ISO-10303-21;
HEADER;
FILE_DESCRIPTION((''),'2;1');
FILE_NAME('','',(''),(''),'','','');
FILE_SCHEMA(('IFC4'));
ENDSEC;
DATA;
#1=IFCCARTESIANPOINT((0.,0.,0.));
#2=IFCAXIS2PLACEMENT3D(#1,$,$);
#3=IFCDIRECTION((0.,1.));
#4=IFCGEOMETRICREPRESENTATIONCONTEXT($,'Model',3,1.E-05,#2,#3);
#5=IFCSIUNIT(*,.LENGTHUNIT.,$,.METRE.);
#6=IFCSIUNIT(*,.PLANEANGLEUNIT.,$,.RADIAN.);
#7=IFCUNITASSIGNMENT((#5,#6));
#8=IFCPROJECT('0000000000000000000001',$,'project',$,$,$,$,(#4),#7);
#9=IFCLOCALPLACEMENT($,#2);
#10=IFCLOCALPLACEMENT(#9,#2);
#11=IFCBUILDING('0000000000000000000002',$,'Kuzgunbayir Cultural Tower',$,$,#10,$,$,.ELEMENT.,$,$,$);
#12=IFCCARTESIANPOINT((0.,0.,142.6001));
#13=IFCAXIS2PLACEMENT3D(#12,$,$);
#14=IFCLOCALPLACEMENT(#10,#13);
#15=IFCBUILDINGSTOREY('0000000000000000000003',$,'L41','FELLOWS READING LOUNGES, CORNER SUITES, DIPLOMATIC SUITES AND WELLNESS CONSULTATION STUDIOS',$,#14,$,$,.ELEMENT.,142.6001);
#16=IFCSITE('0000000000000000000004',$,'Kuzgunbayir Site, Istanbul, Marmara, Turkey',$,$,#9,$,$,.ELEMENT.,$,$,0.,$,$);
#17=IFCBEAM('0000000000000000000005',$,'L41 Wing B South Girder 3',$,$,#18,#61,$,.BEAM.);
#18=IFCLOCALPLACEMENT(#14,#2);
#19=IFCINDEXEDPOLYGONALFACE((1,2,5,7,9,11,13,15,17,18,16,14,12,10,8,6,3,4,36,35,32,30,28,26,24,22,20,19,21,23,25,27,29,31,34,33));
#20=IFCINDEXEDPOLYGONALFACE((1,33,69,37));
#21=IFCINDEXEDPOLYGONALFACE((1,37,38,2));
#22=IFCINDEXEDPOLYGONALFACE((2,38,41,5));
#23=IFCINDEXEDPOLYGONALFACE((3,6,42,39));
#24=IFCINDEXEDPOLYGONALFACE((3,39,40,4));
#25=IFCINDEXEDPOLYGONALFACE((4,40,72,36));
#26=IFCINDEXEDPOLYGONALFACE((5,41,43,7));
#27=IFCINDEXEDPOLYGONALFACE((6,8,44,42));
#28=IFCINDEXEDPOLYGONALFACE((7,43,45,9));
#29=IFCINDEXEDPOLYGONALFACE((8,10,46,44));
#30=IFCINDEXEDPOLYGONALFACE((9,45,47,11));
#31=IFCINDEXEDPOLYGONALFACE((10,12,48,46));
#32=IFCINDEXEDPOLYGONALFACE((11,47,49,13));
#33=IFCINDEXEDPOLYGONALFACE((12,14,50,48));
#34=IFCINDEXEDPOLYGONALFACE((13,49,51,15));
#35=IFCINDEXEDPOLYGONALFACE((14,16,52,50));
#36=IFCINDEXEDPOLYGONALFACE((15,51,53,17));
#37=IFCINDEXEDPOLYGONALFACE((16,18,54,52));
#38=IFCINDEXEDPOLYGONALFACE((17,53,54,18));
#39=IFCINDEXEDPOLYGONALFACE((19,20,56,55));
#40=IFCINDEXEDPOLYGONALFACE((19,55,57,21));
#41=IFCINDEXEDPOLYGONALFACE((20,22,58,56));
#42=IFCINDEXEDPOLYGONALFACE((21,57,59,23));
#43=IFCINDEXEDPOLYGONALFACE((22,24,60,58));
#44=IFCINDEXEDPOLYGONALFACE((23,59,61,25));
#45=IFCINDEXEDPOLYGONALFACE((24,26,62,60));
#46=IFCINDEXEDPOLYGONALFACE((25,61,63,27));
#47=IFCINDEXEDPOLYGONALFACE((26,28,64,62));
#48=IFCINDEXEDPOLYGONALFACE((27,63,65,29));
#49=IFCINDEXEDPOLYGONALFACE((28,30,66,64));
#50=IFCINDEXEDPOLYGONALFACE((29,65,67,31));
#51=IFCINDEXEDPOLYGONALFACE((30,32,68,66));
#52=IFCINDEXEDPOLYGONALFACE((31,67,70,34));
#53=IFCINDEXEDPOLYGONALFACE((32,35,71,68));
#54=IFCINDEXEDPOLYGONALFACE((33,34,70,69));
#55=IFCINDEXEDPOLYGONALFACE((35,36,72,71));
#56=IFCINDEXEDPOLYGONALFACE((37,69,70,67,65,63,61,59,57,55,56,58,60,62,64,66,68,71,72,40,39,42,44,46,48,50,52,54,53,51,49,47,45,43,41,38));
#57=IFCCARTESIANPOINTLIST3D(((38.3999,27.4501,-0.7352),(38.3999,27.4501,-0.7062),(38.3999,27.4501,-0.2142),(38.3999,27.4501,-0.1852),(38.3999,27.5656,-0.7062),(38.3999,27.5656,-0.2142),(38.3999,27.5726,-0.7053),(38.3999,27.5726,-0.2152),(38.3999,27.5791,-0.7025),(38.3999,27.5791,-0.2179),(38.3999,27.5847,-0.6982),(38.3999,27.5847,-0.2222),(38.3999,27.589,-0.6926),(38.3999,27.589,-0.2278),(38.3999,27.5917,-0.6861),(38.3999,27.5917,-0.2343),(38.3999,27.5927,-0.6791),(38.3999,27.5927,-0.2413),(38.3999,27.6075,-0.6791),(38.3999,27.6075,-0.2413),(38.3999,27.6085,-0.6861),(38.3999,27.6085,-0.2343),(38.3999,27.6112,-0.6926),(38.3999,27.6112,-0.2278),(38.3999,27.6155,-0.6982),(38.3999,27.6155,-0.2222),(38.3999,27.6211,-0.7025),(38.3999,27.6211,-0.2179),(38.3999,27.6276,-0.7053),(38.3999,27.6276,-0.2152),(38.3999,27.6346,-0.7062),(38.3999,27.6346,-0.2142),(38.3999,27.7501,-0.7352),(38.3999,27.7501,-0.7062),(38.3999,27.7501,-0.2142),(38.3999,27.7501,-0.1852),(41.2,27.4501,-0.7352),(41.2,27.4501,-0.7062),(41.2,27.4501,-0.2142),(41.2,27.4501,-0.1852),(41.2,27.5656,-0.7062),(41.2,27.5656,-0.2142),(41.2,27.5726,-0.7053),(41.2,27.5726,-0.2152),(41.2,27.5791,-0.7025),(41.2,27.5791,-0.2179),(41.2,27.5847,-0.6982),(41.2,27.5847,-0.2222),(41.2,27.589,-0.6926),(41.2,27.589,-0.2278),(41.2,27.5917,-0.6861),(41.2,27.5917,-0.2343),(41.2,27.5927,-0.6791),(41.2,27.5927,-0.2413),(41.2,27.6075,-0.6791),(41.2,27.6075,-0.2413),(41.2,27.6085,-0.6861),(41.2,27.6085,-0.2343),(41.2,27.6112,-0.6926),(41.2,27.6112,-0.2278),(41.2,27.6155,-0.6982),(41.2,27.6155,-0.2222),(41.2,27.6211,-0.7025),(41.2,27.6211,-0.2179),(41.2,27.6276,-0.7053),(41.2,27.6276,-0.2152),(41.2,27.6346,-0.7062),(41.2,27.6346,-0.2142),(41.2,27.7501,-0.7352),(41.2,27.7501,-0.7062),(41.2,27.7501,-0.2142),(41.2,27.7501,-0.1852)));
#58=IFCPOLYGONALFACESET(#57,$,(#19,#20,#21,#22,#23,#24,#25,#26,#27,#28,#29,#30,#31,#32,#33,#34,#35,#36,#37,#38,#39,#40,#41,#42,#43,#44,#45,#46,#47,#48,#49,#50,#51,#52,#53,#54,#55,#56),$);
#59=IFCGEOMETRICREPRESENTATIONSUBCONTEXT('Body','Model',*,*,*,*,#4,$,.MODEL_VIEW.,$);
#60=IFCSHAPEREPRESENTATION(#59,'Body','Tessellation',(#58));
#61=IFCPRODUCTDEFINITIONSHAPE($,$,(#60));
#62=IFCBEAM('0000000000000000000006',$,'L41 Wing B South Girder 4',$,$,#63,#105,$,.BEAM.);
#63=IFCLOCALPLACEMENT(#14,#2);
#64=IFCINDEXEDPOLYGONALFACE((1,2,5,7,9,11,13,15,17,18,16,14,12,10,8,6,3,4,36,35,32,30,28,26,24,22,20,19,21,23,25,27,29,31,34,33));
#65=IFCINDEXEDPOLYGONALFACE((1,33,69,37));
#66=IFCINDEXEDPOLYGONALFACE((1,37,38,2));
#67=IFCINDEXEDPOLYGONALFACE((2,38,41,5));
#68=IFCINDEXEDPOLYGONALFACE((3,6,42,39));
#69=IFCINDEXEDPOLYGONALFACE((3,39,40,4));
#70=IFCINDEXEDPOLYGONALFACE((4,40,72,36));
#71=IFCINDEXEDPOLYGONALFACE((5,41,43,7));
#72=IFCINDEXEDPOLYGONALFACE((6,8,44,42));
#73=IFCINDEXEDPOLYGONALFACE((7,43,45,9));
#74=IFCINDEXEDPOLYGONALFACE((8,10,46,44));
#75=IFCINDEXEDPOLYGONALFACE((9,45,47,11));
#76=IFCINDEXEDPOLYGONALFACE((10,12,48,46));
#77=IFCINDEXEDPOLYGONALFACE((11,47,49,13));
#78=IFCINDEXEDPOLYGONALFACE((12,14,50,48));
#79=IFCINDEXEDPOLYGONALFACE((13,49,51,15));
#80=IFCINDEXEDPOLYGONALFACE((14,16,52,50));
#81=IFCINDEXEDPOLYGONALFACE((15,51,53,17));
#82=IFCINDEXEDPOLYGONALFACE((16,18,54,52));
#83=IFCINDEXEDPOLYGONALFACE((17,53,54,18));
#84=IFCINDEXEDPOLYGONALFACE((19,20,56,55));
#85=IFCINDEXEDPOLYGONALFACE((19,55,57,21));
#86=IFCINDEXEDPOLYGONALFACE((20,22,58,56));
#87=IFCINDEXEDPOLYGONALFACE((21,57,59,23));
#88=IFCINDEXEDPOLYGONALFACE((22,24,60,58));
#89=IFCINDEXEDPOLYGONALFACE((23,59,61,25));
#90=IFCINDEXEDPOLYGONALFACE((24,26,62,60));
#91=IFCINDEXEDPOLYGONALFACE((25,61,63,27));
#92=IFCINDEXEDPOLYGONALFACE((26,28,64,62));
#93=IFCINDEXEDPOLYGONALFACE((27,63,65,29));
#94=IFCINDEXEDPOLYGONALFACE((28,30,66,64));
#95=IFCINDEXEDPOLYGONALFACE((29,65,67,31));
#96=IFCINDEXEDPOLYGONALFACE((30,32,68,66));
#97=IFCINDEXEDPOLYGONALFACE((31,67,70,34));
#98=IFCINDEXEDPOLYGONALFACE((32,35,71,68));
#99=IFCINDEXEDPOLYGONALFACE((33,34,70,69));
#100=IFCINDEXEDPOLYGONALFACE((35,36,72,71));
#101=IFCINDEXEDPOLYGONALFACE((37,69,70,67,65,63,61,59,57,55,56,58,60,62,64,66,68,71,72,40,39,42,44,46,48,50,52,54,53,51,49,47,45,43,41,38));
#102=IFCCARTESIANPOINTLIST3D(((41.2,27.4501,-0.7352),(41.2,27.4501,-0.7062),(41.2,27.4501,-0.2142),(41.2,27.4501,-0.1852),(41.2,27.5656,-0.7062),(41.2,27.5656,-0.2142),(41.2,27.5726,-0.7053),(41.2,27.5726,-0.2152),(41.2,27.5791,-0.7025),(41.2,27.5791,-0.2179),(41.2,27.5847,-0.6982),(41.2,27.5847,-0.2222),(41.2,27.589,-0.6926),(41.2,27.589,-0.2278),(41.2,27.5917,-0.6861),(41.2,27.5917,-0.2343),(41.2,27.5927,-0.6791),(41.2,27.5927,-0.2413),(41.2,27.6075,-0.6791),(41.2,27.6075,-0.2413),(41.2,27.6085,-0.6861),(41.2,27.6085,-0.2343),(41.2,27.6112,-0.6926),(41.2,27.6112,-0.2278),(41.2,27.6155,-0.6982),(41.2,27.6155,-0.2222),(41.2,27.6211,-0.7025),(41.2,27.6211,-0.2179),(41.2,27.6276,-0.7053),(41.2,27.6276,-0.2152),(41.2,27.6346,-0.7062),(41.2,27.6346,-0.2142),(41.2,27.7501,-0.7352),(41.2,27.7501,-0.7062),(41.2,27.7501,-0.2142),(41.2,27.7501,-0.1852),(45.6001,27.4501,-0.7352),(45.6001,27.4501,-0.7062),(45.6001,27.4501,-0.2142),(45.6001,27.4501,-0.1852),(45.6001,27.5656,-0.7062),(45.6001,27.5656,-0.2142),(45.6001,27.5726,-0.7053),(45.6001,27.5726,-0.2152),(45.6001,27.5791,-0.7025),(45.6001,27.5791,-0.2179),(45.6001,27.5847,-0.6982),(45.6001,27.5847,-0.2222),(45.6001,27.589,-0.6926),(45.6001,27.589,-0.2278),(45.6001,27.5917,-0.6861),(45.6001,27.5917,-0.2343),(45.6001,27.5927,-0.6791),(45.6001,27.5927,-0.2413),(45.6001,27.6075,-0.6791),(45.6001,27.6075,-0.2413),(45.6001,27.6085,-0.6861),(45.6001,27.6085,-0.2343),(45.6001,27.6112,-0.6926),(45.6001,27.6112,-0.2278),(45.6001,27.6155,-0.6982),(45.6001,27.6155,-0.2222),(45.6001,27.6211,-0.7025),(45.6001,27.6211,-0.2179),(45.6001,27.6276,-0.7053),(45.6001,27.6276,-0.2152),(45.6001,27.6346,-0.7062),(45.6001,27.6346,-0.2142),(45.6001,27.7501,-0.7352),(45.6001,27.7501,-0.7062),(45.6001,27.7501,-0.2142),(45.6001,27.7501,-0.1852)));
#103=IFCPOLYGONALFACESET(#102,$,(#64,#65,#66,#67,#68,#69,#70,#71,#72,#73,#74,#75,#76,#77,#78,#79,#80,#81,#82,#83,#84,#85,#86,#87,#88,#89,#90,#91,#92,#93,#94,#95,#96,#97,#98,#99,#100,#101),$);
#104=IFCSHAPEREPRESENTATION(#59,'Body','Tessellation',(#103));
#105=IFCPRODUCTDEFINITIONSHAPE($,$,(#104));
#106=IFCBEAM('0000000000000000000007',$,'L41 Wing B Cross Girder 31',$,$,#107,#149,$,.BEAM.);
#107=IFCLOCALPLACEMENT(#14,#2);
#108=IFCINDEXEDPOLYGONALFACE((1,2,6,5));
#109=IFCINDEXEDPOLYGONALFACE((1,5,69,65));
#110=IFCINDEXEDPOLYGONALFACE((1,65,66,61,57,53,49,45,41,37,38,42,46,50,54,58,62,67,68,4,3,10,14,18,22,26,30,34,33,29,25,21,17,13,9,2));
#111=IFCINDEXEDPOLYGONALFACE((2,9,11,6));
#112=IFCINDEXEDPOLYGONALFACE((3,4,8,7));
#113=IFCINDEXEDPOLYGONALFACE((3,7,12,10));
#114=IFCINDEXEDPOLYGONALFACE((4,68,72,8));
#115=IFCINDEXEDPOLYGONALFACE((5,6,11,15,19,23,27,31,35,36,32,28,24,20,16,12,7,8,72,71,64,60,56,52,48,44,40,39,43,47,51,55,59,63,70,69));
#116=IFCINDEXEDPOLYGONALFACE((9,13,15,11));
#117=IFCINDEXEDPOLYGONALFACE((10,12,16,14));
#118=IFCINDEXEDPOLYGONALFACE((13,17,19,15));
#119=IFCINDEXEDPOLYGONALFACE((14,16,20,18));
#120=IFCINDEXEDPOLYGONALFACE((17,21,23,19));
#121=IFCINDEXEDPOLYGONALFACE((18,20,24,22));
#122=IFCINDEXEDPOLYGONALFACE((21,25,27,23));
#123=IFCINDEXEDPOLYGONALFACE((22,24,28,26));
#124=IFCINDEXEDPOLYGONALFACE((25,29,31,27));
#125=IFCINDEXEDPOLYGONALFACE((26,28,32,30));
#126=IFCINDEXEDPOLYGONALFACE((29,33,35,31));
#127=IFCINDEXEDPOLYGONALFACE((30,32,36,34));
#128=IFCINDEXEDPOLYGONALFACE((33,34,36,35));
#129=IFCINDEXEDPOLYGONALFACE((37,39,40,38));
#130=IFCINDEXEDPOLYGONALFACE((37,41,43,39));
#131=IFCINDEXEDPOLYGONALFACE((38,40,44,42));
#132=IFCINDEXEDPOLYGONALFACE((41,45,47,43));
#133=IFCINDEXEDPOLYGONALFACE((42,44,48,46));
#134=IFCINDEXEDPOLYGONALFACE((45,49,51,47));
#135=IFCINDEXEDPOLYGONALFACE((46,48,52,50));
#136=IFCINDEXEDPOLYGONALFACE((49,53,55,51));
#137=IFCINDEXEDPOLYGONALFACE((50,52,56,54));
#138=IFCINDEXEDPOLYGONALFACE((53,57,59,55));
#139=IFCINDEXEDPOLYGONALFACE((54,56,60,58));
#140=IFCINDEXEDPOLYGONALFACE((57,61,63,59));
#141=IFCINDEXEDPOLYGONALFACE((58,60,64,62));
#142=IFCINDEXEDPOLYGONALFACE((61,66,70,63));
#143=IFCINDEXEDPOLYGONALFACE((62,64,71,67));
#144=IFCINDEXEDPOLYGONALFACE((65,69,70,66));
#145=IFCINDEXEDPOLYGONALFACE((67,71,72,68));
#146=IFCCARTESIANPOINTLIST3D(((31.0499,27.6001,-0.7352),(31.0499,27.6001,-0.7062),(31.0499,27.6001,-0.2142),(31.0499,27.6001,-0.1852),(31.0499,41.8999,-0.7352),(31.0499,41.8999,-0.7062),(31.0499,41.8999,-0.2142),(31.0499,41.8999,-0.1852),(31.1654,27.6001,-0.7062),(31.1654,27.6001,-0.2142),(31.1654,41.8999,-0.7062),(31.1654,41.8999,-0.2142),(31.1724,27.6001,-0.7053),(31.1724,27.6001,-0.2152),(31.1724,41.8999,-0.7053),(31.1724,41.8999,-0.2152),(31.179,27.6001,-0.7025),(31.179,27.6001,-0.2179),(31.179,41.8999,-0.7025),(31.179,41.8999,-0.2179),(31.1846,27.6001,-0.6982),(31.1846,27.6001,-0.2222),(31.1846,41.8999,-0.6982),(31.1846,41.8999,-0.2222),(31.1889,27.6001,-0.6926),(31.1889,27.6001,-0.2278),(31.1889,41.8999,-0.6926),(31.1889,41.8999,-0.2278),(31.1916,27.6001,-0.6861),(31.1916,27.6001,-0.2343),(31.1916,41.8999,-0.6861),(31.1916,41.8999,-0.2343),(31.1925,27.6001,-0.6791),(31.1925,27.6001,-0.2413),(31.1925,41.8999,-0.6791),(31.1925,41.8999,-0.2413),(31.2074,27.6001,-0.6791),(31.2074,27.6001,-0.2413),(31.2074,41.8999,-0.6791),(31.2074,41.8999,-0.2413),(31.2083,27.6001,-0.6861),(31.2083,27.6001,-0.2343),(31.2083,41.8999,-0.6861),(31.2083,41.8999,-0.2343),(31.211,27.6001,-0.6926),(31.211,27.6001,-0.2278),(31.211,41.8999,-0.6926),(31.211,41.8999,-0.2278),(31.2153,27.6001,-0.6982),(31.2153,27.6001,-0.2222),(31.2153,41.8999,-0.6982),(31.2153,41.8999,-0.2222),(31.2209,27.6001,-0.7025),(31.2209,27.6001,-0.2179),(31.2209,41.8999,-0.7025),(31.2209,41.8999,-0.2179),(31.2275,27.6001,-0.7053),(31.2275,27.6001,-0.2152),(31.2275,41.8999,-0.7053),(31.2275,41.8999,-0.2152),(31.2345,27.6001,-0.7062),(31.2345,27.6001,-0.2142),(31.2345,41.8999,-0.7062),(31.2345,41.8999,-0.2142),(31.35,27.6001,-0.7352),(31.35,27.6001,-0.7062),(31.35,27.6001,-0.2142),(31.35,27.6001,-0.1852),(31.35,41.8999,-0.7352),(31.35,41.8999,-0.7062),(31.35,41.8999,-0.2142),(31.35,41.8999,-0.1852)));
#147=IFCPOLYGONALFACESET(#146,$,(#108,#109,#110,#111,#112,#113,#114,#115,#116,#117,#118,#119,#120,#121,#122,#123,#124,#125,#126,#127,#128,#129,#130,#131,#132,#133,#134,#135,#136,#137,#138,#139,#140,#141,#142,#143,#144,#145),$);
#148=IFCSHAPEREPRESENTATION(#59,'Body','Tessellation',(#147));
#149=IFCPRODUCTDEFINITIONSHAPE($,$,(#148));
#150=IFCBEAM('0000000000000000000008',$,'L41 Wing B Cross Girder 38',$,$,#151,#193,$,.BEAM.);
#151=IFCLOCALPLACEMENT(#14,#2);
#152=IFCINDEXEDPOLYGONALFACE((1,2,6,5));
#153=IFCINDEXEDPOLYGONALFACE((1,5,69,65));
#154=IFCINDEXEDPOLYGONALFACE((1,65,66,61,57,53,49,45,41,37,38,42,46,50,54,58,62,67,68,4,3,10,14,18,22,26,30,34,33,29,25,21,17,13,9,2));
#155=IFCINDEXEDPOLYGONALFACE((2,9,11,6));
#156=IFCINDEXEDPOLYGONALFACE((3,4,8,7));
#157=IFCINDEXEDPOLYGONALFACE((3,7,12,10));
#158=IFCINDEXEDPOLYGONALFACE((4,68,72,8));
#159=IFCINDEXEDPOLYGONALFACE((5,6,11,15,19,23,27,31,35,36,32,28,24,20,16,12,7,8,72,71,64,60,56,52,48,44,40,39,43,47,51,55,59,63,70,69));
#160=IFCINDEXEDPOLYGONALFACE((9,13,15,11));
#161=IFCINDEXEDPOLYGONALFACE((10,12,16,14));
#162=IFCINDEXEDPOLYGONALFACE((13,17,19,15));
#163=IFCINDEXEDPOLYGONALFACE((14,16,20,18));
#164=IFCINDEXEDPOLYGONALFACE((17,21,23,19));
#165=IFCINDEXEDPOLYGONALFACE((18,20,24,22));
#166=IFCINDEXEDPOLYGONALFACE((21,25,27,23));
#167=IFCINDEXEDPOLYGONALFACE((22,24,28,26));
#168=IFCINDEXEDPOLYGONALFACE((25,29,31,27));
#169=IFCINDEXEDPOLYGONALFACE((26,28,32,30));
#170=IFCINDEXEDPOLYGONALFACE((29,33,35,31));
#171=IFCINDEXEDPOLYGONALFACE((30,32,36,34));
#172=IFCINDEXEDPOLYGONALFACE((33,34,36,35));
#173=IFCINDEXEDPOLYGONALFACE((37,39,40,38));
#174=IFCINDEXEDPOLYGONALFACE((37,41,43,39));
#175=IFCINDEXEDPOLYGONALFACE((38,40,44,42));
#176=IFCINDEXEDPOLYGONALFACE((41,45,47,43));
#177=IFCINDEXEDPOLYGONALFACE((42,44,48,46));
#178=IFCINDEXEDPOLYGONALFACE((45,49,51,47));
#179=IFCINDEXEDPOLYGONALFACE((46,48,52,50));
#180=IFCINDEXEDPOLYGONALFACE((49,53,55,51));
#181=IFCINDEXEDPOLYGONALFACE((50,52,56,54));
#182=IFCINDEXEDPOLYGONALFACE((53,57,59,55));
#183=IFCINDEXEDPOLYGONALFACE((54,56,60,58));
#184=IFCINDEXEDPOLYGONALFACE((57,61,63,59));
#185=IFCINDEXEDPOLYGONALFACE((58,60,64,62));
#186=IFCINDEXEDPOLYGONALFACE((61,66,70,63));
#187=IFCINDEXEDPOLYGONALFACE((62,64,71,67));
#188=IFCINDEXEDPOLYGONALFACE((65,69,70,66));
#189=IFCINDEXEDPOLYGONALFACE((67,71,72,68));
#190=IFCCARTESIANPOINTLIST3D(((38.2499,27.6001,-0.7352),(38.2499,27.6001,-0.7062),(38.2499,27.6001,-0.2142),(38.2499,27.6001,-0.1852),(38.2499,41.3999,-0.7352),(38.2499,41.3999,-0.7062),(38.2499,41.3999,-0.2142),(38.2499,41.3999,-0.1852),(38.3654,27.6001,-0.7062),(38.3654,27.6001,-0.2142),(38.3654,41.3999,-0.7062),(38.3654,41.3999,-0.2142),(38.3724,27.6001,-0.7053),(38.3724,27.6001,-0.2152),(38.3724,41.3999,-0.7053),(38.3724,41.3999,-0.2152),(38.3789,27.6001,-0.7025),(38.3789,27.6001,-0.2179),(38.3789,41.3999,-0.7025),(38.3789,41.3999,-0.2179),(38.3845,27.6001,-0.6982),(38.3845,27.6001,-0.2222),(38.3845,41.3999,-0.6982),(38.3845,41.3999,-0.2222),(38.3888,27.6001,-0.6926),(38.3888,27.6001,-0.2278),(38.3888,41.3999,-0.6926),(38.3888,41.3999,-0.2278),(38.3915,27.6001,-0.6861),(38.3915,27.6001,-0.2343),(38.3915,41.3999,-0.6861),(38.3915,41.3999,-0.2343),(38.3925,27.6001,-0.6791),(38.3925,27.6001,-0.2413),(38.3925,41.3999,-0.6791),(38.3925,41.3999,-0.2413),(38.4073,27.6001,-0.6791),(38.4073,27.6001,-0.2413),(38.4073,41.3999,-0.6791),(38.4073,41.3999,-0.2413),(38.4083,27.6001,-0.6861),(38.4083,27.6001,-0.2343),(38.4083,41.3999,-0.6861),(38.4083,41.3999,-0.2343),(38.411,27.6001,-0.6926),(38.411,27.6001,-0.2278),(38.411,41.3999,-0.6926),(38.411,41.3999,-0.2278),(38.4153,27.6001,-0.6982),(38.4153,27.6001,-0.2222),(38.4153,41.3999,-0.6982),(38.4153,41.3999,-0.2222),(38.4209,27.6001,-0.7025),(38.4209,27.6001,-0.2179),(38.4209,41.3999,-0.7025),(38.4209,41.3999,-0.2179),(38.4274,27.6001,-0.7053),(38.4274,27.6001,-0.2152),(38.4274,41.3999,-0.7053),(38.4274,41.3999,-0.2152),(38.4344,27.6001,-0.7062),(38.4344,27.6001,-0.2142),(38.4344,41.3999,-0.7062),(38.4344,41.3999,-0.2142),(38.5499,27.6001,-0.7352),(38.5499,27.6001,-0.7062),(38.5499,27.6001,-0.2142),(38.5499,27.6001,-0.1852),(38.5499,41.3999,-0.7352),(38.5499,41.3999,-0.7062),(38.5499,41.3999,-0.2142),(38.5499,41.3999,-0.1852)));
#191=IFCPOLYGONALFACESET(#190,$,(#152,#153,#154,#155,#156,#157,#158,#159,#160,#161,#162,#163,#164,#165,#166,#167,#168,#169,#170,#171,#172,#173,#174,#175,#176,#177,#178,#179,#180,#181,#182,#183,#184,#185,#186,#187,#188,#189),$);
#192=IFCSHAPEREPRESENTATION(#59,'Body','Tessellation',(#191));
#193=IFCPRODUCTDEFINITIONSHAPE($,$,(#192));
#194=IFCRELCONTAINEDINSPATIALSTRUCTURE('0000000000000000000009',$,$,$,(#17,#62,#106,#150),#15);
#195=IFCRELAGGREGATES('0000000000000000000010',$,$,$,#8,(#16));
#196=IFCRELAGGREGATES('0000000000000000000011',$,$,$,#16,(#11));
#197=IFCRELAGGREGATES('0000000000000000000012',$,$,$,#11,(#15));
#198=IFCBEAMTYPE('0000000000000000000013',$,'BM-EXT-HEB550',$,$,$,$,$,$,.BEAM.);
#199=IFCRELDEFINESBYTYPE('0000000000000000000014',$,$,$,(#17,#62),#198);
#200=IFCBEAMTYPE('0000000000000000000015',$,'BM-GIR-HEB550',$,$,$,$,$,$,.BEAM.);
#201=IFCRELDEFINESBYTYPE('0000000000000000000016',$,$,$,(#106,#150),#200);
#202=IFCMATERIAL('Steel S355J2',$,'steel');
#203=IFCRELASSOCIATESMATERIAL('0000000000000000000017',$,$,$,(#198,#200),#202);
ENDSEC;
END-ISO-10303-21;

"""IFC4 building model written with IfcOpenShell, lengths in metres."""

from ifc_helpers import new_model, si_unit, direction, frame, origin, origin_2d, place, context, subcontext, project, spatial, i_section, extrude, material, material_profile, profile_set, type_object, element, save


model = new_model("IFC4")

# Units and contexts
model_context = context("Model", 3, precision=1e-05, world=origin(), true_north=direction((0.0, 1.0)))
body_context = subcontext(model_context, "Body", "Model", "MODEL_VIEW")
ifc_project = project(units=[si_unit("LENGTHUNIT", "METRE"), si_unit("PLANEANGLEUNIT", "RADIAN")], contexts=[model_context])

# Site, building, storey
site_placement = place(None, origin())
site = spatial("IfcSite", under=ifc_project, at=site_placement, Name="Kuzgunbayir Site, Istanbul, Marmara, Turkey", CompositionType="ELEMENT", RefElevation=0.0)
building_placement = place(site_placement, origin())
building = spatial("IfcBuilding", under=site, at=building_placement, Name="Kuzgunbayir Cultural Tower", CompositionType="ELEMENT")
storey_placement = place(building_placement, frame((0.0, 0.0, 142.6001)))
storey = spatial("IfcBuildingStorey", under=building, at=storey_placement, Name="L41", Description="FELLOWS READING LOUNGES, CORNER SUITES, DIPLOMATIC SUITES AND WELLNESS CONSULTATION STUDIOS", CompositionType="ELEMENT", Elevation=142.6001)

# Beams
ifc_material_1 = material(Name="Steel S355J2", Category="steel")
ifc_material_profile_1 = material_profile(ifc_material_1, i_section(OverallWidth=0.3, OverallDepth=0.55, WebThickness=0.0149, FlangeThickness=0.0291, FilletRadius=0.0271, at=origin_2d()), Name="HEB 550")
ifc_profile_set_1 = profile_set([ifc_material_profile_1], Name="Steel S355J2")
beam_type_1 = type_object("IfcBeamType", Name="BM-EXT-HEB550", PredefinedType="BEAM", material=ifc_profile_set_1)
beam_1_placement = place(storey_placement, frame((38.3999, 27.6001, -0.4602), z_axis=(1.0, 0.0, 0.0), x_axis=(0.0, 1.0, 0.0)))
element("IfcBeam", 1, at=beam_1_placement, inside=storey, type_object=beam_type_1, Name="L41 Wing B South Girder 3", PredefinedType="BEAM", context=body_context, shape_type="SweptSolid", body=[
    extrude(i_section(OverallWidth=0.3, OverallDepth=0.55, WebThickness=0.0149, FlangeThickness=0.0291, FilletRadius=0.0271, at=origin_2d()), origin(), (0.0, 0.0, 1.0), 2.8),
])
beam_2_placement = place(storey_placement, frame((41.2, 27.6001, -0.4602), z_axis=(1.0, 0.0, 0.0), x_axis=(0.0, 1.0, 0.0)))
element("IfcBeam", 2, at=beam_2_placement, inside=storey, type_object=beam_type_1, Name="L41 Wing B South Girder 4", PredefinedType="BEAM", context=body_context, shape_type="SweptSolid", body=[
    extrude(i_section(OverallWidth=0.3, OverallDepth=0.55, WebThickness=0.0149, FlangeThickness=0.0291, FilletRadius=0.0271, at=origin_2d()), origin(), (0.0, 0.0, 1.0), 4.4001),
])
ifc_material_profile_2 = material_profile(ifc_material_1, i_section(OverallWidth=0.3, OverallDepth=0.55, WebThickness=0.0149, FlangeThickness=0.0291, FilletRadius=0.0271, at=origin_2d()), Name="HEB 550")
ifc_profile_set_2 = profile_set([ifc_material_profile_2], Name="Steel S355J2")
beam_type_2 = type_object("IfcBeamType", Name="BM-GIR-HEB550", PredefinedType="BEAM", material=ifc_profile_set_2)
beam_3_placement = place(storey_placement, frame((31.2, 27.6001, -0.4602), z_axis=(0.0, 1.0, 0.0), x_axis=(-1.0, 0.0, 0.0)))
element("IfcBeam", 3, at=beam_3_placement, inside=storey, type_object=beam_type_2, Name="L41 Wing B Cross Girder 31", PredefinedType="BEAM", context=body_context, shape_type="SweptSolid", body=[
    extrude(i_section(OverallWidth=0.3, OverallDepth=0.55, WebThickness=0.0149, FlangeThickness=0.0291, FilletRadius=0.0271, at=origin_2d()), origin(), (0.0, 0.0, 1.0), 14.2998),
])
beam_4_placement = place(storey_placement, frame((38.3999, 27.6001, -0.4602), z_axis=(0.0, 1.0, 0.0), x_axis=(-1.0, 0.0, 0.0)))
element("IfcBeam", 4, at=beam_4_placement, inside=storey, type_object=beam_type_2, Name="L41 Wing B Cross Girder 38", PredefinedType="BEAM", context=body_context, shape_type="SweptSolid", body=[
    extrude(i_section(OverallWidth=0.3, OverallDepth=0.55, WebThickness=0.0149, FlangeThickness=0.0291, FilletRadius=0.0271, at=origin_2d()), origin(), (0.0, 0.0, 1.0), 13.7998),
])

save(model, "model.ifc")
